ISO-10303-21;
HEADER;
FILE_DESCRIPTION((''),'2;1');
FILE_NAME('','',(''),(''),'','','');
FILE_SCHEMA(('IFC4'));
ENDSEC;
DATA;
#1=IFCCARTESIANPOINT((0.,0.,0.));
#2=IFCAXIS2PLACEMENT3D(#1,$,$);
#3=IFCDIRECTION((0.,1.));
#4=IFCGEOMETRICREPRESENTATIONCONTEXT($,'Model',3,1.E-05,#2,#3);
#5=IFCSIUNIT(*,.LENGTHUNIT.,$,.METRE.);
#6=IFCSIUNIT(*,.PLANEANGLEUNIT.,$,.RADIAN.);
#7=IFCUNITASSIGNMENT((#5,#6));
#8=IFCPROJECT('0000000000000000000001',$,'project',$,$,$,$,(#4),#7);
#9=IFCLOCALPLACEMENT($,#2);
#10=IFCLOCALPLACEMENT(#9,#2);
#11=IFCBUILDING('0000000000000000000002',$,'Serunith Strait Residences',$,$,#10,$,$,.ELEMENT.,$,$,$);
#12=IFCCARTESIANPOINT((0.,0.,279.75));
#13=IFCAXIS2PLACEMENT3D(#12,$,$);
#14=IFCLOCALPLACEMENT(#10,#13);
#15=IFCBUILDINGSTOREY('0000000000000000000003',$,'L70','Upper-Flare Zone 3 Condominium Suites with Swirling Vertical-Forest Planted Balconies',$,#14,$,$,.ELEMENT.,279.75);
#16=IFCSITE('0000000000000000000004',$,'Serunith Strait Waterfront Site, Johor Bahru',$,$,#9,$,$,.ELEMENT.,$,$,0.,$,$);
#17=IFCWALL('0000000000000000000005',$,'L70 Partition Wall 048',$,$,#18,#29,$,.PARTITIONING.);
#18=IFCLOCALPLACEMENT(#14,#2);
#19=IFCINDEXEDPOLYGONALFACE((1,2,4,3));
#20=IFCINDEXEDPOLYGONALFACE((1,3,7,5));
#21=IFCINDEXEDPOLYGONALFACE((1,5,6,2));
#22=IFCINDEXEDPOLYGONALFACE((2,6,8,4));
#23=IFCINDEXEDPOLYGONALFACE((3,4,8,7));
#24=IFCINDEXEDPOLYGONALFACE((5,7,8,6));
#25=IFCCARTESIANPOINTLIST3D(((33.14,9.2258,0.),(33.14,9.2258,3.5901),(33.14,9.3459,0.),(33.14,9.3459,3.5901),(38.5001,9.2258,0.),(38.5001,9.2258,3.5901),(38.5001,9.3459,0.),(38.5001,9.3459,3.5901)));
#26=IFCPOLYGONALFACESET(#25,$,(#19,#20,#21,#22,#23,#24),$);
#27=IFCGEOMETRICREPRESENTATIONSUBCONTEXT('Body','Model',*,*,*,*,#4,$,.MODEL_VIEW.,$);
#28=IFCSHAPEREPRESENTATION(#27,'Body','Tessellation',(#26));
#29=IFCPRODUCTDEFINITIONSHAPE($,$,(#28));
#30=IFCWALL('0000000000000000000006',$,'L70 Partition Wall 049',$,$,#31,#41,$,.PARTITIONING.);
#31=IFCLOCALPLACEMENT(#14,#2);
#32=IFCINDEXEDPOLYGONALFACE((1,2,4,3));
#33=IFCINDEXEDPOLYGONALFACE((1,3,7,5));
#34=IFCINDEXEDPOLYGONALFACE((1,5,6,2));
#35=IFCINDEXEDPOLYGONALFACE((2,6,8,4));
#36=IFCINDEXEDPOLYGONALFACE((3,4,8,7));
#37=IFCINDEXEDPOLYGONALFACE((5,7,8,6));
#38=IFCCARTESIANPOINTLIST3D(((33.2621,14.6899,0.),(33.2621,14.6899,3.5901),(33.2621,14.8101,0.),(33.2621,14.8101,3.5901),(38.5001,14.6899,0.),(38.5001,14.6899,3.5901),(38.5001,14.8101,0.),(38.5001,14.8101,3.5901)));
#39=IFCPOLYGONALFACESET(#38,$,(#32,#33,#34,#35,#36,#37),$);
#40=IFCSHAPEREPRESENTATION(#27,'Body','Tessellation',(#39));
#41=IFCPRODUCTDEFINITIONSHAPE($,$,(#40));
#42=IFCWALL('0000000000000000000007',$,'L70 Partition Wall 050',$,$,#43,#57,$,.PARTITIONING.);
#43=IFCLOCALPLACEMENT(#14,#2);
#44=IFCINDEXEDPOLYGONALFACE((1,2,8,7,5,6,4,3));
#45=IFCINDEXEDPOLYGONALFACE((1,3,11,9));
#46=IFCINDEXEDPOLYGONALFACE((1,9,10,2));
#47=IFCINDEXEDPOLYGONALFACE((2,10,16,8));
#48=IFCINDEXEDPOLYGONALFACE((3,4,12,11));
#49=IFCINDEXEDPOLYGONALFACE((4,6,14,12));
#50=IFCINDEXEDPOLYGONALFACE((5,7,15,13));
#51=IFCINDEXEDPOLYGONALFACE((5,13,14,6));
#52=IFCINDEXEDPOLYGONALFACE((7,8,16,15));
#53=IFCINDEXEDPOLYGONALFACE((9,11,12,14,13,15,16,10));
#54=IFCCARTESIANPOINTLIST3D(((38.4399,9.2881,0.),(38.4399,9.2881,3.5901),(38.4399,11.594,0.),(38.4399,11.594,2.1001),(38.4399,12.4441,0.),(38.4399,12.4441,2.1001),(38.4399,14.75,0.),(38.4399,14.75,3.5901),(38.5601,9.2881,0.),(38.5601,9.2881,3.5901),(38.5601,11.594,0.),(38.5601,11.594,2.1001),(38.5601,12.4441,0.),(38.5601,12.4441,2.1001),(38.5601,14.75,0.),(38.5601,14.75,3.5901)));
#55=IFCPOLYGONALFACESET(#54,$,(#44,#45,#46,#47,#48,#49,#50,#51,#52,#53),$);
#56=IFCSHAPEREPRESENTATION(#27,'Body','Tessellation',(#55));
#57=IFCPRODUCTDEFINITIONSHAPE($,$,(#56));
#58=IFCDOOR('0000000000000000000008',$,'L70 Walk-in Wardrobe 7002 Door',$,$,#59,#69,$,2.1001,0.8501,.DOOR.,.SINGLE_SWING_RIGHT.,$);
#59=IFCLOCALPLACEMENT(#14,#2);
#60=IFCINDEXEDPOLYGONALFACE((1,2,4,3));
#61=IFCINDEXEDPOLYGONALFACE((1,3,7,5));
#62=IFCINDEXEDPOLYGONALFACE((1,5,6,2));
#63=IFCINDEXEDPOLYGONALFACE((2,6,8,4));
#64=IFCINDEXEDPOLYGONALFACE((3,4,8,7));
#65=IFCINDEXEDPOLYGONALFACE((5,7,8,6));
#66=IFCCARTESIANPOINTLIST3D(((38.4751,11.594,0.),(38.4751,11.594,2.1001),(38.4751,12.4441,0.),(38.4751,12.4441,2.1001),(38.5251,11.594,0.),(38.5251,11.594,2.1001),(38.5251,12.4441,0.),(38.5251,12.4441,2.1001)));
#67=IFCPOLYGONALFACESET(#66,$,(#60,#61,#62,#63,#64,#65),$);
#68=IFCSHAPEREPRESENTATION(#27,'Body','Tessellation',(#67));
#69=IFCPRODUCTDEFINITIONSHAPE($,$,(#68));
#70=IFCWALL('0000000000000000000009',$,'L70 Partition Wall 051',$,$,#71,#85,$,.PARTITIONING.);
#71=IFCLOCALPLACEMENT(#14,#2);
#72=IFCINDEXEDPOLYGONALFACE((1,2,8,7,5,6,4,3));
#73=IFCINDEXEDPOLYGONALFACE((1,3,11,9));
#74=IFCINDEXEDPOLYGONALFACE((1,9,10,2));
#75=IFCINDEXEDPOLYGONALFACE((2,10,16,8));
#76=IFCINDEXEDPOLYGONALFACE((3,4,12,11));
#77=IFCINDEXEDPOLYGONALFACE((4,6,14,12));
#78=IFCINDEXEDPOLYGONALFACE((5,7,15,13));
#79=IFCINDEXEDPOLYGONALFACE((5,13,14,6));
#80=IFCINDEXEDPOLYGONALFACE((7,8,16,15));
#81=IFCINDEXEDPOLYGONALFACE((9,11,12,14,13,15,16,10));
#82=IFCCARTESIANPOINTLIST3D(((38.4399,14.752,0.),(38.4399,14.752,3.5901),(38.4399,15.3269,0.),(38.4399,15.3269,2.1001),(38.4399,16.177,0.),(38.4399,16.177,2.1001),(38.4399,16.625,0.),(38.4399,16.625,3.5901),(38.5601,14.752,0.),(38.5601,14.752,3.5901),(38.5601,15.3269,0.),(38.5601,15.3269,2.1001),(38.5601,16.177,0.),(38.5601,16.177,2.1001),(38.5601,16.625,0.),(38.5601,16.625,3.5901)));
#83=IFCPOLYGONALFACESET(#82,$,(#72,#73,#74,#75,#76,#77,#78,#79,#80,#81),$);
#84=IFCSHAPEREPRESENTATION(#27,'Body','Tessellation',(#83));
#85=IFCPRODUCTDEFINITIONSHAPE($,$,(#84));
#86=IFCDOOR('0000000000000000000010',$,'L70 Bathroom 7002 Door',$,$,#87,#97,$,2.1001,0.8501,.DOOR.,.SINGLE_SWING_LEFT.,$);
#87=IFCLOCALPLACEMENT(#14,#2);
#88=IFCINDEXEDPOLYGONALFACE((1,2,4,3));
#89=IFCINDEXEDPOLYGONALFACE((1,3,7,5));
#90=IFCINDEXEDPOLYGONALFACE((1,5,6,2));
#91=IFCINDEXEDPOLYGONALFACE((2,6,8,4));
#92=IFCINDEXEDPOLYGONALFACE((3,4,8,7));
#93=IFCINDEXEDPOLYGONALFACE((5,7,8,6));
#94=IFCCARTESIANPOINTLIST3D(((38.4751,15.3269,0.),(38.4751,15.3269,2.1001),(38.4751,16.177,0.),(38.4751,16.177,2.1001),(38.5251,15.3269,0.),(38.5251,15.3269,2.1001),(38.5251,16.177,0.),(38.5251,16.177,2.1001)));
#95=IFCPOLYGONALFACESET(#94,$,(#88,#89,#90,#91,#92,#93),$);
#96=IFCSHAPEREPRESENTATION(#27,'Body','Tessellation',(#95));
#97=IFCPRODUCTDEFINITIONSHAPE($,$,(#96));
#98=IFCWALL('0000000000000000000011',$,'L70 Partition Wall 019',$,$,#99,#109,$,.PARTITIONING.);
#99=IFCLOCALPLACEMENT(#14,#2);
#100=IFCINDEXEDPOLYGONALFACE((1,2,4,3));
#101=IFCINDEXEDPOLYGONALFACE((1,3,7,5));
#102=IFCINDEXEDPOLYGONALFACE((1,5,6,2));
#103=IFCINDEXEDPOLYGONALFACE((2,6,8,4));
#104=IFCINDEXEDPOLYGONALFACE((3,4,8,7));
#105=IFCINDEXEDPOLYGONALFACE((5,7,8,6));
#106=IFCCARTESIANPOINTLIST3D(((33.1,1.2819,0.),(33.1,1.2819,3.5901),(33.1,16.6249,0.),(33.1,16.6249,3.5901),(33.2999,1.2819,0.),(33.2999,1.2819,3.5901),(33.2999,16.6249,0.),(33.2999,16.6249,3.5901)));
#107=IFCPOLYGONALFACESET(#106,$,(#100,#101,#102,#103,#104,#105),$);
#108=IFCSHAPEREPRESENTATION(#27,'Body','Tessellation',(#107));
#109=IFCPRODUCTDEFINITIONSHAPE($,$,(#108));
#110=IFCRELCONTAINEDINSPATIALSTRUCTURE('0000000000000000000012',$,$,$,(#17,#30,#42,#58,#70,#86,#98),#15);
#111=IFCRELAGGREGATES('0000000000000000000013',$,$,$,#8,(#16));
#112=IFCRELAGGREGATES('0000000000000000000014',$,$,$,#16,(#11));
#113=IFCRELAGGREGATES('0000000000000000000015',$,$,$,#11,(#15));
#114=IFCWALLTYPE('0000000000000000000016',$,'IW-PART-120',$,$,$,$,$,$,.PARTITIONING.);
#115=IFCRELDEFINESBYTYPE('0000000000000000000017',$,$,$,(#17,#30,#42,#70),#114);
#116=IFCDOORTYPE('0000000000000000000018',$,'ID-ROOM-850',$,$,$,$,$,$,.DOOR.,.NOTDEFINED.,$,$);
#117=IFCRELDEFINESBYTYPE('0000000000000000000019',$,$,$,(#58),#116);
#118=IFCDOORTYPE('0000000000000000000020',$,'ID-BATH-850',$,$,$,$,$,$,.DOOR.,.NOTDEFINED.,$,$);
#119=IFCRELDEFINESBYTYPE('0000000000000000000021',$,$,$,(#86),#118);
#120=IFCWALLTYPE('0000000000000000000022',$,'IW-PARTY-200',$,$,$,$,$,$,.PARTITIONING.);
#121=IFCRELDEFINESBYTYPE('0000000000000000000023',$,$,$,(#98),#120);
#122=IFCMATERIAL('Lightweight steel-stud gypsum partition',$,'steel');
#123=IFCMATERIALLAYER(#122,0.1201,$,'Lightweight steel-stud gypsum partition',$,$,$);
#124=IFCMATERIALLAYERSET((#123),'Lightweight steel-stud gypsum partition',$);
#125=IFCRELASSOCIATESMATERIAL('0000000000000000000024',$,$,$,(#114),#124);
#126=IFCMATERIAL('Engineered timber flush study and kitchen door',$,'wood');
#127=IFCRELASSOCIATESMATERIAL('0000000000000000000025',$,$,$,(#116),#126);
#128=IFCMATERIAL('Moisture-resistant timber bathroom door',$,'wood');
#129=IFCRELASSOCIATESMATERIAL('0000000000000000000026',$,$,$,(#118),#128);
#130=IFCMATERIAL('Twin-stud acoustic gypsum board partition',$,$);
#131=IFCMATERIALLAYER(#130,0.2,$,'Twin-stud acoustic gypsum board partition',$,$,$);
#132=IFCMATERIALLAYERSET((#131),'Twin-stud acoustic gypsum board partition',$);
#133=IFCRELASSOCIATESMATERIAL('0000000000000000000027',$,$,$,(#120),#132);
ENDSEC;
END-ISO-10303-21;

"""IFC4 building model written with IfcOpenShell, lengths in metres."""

from ifc_helpers import new_model, si_unit, direction, frame, frame_2d, origin, place, context, subcontext, project, spatial, rectangle, extrude, source, transform, mapped, material, layer, layer_set, type_object, element, fill, save


model = new_model("IFC4")

# Units and contexts
model_context = context("Model", 3, precision=1e-05, world=origin(), true_north=direction((0.0, 1.0)))
body_context = subcontext(model_context, "Body", "Model", "MODEL_VIEW")
ifc_project = project(units=[si_unit("LENGTHUNIT", "METRE"), si_unit("PLANEANGLEUNIT", "RADIAN")], contexts=[model_context])

# Site, building, storey
site_placement = place(None, origin())
site = spatial("IfcSite", under=ifc_project, at=site_placement, Name="Serunith Strait Waterfront Site, Johor Bahru", CompositionType="ELEMENT", RefElevation=0.0)
building_placement = place(site_placement, origin())
building = spatial("IfcBuilding", under=site, at=building_placement, Name="Serunith Strait Residences", CompositionType="ELEMENT")
storey_placement = place(building_placement, frame((0.0, 0.0, 279.75)))
storey = spatial("IfcBuildingStorey", under=building, at=storey_placement, Name="L70", Description="Upper-Flare Zone 3 Condominium Suites with Swirling Vertical-Forest Planted Balconies", CompositionType="ELEMENT", Elevation=279.75)

# Shared definitions
ifc_material_1 = material(Name="Lightweight steel-stud gypsum partition", Category="steel")
ifc_layer_1 = layer(ifc_material_1, 0.1201, Name="Lightweight steel-stud gypsum partition")
ifc_layer_set_1 = layer_set([ifc_layer_1], Name="Lightweight steel-stud gypsum partition")
wall_type_1 = type_object("IfcWallType", Name="IW-PART-120", PredefinedType="PARTITIONING", material=ifc_layer_set_1)
ifc_material_2 = material(Name="Engineered timber flush study and kitchen door", Category="wood")
door_type_1 = type_object("IfcDoorType", Name="ID-ROOM-850", OperationType="NOTDEFINED", PredefinedType="DOOR", material=ifc_material_2)
shared_shape_1 = source(origin(), body_context, "Body", "SweptSolid", [
    extrude(rectangle(XDim=0.8501, YDim=2.1001, at=frame_2d((0.425, 1.05))), frame((0.0, 0.0249, 0.0), z_axis=(0.0, -1.0, 0.0), x_axis=(1.0, 0.0, 0.0)), (0.0, 0.0, 1.0), 0.05),
])

# Walls
wall_1_placement = place(storey_placement, frame((33.1399, 9.2859, 0.0), z_axis=(0.0, 0.0, 1.0), x_axis=(1.0, 0.0, 0.0)))
element("IfcWall", 1, at=wall_1_placement, inside=storey, type_object=wall_type_1, Name="L70 Partition Wall 048", PredefinedType="PARTITIONING", context=body_context, shape_type="SweptSolid", body=[
    extrude(rectangle(XDim=5.3601, YDim=0.1201, at=frame_2d((2.6802, 0.0))), origin(), (0.0, 0.0, 1.0), 3.5901),
])
wall_2_placement = place(storey_placement, frame((33.262, 14.75, 0.0), z_axis=(0.0, 0.0, 1.0), x_axis=(1.0, 0.0, 0.0)))
element("IfcWall", 2, at=wall_2_placement, inside=storey, type_object=wall_type_1, Name="L70 Partition Wall 049", PredefinedType="PARTITIONING", context=body_context, shape_type="SweptSolid", body=[
    extrude(rectangle(XDim=5.238, YDim=0.1201, at=frame_2d((2.6191, 0.0))), origin(), (0.0, 0.0, 1.0), 3.5901),
])

# Walls, openings, doors
wall_3_placement = place(storey_placement, frame((38.5, 9.2881, 0.0), z_axis=(0.0, 0.0, 1.0), x_axis=(0.0, 1.0, 0.0)))
wall_3 = element("IfcWall", 3, at=wall_3_placement, inside=storey, type_object=wall_type_1, Name="L70 Partition Wall 050", PredefinedType="PARTITIONING", context=body_context, shape_type="SweptSolid", body=[
    extrude(rectangle(XDim=5.4619, YDim=0.1201, at=frame_2d((2.731, 0.0))), origin(), (0.0, 0.0, 1.0), 3.5901),
])
opening_1_placement = place(wall_3_placement, frame((2.3059, 0.0, 0.0)))
opening_1 = element("IfcOpeningElement", 4, at=opening_1_placement, cuts=wall_3, PredefinedType="OPENING", context=body_context, shape_type="SweptSolid", body=[
    extrude(rectangle(XDim=0.8501, YDim=2.1001, at=frame_2d((0.425, 1.05))), frame((0.0, 0.0701, 0.0), z_axis=(0.0, -1.0, 0.0), x_axis=(1.0, 0.0, 0.0)), (0.0, 0.0, 1.0), 0.1401),
])
door_1_placement = place(opening_1_placement, origin())
door_1 = element("IfcDoor", 5, at=door_1_placement, inside=storey, type_object=door_type_1, Name="L70 Walk-in Wardrobe 7002 Door", OperationType="SINGLE_SWING_RIGHT", OverallHeight=2.1001, OverallWidth=0.8501, PredefinedType="DOOR", context=body_context, shape_type="MappedRepresentation", body=[
    mapped(shared_shape_1, transform((0.0, 0.0, 0.0), scale=1.0)),
])
fill(opening_1, door_1)
wall_4_placement = place(storey_placement, frame((38.5, 14.752, 0.0), z_axis=(0.0, 0.0, 1.0), x_axis=(0.0, 1.0, 0.0)))
wall_4 = element("IfcWall", 6, at=wall_4_placement, inside=storey, type_object=wall_type_1, Name="L70 Partition Wall 051", PredefinedType="PARTITIONING", context=body_context, shape_type="SweptSolid", body=[
    extrude(rectangle(XDim=1.873, YDim=0.1201, at=frame_2d((0.9365, 0.0))), origin(), (0.0, 0.0, 1.0), 3.5901),
])
opening_2_placement = place(wall_4_placement, frame((0.575, 0.0, 0.0)))
opening_2 = element("IfcOpeningElement", 7, at=opening_2_placement, cuts=wall_4, PredefinedType="OPENING", context=body_context, shape_type="SweptSolid", body=[
    extrude(rectangle(XDim=0.8501, YDim=2.1001, at=frame_2d((0.425, 1.05))), frame((0.0, 0.0701, 0.0), z_axis=(0.0, -1.0, 0.0), x_axis=(1.0, 0.0, 0.0)), (0.0, 0.0, 1.0), 0.1401),
])
ifc_material_3 = material(Name="Moisture-resistant timber bathroom door", Category="wood")
door_type_2 = type_object("IfcDoorType", Name="ID-BATH-850", OperationType="NOTDEFINED", PredefinedType="DOOR", material=ifc_material_3)
door_2_placement = place(opening_2_placement, origin())
door_2 = element("IfcDoor", 8, at=door_2_placement, inside=storey, type_object=door_type_2, Name="L70 Bathroom 7002 Door", OperationType="SINGLE_SWING_LEFT", OverallHeight=2.1001, OverallWidth=0.8501, PredefinedType="DOOR", context=body_context, shape_type="MappedRepresentation", body=[
    mapped(shared_shape_1, transform((0.0, 0.0, 0.0), scale=1.0)),
])
fill(opening_2, door_2)

# Wall
ifc_material_4 = material(Name="Twin-stud acoustic gypsum board partition")
ifc_layer_2 = layer(ifc_material_4, 0.2, Name="Twin-stud acoustic gypsum board partition")
ifc_layer_set_2 = layer_set([ifc_layer_2], Name="Twin-stud acoustic gypsum board partition")
wall_type_2 = type_object("IfcWallType", Name="IW-PARTY-200", PredefinedType="PARTITIONING", material=ifc_layer_set_2)
wall_5_placement = place(storey_placement, frame((33.2, 1.282, 0.0), z_axis=(0.0, 0.0, 1.0), x_axis=(0.0, 1.0, 0.0)))
element("IfcWall", 9, at=wall_5_placement, inside=storey, type_object=wall_type_2, Name="L70 Partition Wall 019", PredefinedType="PARTITIONING", context=body_context, shape_type="SweptSolid", body=[
    extrude(rectangle(XDim=15.343, YDim=0.2, at=frame_2d((7.6714, 0.0))), origin(), (0.0, 0.0, 1.0), 3.5901),
])

save(model, "model.ifc")
